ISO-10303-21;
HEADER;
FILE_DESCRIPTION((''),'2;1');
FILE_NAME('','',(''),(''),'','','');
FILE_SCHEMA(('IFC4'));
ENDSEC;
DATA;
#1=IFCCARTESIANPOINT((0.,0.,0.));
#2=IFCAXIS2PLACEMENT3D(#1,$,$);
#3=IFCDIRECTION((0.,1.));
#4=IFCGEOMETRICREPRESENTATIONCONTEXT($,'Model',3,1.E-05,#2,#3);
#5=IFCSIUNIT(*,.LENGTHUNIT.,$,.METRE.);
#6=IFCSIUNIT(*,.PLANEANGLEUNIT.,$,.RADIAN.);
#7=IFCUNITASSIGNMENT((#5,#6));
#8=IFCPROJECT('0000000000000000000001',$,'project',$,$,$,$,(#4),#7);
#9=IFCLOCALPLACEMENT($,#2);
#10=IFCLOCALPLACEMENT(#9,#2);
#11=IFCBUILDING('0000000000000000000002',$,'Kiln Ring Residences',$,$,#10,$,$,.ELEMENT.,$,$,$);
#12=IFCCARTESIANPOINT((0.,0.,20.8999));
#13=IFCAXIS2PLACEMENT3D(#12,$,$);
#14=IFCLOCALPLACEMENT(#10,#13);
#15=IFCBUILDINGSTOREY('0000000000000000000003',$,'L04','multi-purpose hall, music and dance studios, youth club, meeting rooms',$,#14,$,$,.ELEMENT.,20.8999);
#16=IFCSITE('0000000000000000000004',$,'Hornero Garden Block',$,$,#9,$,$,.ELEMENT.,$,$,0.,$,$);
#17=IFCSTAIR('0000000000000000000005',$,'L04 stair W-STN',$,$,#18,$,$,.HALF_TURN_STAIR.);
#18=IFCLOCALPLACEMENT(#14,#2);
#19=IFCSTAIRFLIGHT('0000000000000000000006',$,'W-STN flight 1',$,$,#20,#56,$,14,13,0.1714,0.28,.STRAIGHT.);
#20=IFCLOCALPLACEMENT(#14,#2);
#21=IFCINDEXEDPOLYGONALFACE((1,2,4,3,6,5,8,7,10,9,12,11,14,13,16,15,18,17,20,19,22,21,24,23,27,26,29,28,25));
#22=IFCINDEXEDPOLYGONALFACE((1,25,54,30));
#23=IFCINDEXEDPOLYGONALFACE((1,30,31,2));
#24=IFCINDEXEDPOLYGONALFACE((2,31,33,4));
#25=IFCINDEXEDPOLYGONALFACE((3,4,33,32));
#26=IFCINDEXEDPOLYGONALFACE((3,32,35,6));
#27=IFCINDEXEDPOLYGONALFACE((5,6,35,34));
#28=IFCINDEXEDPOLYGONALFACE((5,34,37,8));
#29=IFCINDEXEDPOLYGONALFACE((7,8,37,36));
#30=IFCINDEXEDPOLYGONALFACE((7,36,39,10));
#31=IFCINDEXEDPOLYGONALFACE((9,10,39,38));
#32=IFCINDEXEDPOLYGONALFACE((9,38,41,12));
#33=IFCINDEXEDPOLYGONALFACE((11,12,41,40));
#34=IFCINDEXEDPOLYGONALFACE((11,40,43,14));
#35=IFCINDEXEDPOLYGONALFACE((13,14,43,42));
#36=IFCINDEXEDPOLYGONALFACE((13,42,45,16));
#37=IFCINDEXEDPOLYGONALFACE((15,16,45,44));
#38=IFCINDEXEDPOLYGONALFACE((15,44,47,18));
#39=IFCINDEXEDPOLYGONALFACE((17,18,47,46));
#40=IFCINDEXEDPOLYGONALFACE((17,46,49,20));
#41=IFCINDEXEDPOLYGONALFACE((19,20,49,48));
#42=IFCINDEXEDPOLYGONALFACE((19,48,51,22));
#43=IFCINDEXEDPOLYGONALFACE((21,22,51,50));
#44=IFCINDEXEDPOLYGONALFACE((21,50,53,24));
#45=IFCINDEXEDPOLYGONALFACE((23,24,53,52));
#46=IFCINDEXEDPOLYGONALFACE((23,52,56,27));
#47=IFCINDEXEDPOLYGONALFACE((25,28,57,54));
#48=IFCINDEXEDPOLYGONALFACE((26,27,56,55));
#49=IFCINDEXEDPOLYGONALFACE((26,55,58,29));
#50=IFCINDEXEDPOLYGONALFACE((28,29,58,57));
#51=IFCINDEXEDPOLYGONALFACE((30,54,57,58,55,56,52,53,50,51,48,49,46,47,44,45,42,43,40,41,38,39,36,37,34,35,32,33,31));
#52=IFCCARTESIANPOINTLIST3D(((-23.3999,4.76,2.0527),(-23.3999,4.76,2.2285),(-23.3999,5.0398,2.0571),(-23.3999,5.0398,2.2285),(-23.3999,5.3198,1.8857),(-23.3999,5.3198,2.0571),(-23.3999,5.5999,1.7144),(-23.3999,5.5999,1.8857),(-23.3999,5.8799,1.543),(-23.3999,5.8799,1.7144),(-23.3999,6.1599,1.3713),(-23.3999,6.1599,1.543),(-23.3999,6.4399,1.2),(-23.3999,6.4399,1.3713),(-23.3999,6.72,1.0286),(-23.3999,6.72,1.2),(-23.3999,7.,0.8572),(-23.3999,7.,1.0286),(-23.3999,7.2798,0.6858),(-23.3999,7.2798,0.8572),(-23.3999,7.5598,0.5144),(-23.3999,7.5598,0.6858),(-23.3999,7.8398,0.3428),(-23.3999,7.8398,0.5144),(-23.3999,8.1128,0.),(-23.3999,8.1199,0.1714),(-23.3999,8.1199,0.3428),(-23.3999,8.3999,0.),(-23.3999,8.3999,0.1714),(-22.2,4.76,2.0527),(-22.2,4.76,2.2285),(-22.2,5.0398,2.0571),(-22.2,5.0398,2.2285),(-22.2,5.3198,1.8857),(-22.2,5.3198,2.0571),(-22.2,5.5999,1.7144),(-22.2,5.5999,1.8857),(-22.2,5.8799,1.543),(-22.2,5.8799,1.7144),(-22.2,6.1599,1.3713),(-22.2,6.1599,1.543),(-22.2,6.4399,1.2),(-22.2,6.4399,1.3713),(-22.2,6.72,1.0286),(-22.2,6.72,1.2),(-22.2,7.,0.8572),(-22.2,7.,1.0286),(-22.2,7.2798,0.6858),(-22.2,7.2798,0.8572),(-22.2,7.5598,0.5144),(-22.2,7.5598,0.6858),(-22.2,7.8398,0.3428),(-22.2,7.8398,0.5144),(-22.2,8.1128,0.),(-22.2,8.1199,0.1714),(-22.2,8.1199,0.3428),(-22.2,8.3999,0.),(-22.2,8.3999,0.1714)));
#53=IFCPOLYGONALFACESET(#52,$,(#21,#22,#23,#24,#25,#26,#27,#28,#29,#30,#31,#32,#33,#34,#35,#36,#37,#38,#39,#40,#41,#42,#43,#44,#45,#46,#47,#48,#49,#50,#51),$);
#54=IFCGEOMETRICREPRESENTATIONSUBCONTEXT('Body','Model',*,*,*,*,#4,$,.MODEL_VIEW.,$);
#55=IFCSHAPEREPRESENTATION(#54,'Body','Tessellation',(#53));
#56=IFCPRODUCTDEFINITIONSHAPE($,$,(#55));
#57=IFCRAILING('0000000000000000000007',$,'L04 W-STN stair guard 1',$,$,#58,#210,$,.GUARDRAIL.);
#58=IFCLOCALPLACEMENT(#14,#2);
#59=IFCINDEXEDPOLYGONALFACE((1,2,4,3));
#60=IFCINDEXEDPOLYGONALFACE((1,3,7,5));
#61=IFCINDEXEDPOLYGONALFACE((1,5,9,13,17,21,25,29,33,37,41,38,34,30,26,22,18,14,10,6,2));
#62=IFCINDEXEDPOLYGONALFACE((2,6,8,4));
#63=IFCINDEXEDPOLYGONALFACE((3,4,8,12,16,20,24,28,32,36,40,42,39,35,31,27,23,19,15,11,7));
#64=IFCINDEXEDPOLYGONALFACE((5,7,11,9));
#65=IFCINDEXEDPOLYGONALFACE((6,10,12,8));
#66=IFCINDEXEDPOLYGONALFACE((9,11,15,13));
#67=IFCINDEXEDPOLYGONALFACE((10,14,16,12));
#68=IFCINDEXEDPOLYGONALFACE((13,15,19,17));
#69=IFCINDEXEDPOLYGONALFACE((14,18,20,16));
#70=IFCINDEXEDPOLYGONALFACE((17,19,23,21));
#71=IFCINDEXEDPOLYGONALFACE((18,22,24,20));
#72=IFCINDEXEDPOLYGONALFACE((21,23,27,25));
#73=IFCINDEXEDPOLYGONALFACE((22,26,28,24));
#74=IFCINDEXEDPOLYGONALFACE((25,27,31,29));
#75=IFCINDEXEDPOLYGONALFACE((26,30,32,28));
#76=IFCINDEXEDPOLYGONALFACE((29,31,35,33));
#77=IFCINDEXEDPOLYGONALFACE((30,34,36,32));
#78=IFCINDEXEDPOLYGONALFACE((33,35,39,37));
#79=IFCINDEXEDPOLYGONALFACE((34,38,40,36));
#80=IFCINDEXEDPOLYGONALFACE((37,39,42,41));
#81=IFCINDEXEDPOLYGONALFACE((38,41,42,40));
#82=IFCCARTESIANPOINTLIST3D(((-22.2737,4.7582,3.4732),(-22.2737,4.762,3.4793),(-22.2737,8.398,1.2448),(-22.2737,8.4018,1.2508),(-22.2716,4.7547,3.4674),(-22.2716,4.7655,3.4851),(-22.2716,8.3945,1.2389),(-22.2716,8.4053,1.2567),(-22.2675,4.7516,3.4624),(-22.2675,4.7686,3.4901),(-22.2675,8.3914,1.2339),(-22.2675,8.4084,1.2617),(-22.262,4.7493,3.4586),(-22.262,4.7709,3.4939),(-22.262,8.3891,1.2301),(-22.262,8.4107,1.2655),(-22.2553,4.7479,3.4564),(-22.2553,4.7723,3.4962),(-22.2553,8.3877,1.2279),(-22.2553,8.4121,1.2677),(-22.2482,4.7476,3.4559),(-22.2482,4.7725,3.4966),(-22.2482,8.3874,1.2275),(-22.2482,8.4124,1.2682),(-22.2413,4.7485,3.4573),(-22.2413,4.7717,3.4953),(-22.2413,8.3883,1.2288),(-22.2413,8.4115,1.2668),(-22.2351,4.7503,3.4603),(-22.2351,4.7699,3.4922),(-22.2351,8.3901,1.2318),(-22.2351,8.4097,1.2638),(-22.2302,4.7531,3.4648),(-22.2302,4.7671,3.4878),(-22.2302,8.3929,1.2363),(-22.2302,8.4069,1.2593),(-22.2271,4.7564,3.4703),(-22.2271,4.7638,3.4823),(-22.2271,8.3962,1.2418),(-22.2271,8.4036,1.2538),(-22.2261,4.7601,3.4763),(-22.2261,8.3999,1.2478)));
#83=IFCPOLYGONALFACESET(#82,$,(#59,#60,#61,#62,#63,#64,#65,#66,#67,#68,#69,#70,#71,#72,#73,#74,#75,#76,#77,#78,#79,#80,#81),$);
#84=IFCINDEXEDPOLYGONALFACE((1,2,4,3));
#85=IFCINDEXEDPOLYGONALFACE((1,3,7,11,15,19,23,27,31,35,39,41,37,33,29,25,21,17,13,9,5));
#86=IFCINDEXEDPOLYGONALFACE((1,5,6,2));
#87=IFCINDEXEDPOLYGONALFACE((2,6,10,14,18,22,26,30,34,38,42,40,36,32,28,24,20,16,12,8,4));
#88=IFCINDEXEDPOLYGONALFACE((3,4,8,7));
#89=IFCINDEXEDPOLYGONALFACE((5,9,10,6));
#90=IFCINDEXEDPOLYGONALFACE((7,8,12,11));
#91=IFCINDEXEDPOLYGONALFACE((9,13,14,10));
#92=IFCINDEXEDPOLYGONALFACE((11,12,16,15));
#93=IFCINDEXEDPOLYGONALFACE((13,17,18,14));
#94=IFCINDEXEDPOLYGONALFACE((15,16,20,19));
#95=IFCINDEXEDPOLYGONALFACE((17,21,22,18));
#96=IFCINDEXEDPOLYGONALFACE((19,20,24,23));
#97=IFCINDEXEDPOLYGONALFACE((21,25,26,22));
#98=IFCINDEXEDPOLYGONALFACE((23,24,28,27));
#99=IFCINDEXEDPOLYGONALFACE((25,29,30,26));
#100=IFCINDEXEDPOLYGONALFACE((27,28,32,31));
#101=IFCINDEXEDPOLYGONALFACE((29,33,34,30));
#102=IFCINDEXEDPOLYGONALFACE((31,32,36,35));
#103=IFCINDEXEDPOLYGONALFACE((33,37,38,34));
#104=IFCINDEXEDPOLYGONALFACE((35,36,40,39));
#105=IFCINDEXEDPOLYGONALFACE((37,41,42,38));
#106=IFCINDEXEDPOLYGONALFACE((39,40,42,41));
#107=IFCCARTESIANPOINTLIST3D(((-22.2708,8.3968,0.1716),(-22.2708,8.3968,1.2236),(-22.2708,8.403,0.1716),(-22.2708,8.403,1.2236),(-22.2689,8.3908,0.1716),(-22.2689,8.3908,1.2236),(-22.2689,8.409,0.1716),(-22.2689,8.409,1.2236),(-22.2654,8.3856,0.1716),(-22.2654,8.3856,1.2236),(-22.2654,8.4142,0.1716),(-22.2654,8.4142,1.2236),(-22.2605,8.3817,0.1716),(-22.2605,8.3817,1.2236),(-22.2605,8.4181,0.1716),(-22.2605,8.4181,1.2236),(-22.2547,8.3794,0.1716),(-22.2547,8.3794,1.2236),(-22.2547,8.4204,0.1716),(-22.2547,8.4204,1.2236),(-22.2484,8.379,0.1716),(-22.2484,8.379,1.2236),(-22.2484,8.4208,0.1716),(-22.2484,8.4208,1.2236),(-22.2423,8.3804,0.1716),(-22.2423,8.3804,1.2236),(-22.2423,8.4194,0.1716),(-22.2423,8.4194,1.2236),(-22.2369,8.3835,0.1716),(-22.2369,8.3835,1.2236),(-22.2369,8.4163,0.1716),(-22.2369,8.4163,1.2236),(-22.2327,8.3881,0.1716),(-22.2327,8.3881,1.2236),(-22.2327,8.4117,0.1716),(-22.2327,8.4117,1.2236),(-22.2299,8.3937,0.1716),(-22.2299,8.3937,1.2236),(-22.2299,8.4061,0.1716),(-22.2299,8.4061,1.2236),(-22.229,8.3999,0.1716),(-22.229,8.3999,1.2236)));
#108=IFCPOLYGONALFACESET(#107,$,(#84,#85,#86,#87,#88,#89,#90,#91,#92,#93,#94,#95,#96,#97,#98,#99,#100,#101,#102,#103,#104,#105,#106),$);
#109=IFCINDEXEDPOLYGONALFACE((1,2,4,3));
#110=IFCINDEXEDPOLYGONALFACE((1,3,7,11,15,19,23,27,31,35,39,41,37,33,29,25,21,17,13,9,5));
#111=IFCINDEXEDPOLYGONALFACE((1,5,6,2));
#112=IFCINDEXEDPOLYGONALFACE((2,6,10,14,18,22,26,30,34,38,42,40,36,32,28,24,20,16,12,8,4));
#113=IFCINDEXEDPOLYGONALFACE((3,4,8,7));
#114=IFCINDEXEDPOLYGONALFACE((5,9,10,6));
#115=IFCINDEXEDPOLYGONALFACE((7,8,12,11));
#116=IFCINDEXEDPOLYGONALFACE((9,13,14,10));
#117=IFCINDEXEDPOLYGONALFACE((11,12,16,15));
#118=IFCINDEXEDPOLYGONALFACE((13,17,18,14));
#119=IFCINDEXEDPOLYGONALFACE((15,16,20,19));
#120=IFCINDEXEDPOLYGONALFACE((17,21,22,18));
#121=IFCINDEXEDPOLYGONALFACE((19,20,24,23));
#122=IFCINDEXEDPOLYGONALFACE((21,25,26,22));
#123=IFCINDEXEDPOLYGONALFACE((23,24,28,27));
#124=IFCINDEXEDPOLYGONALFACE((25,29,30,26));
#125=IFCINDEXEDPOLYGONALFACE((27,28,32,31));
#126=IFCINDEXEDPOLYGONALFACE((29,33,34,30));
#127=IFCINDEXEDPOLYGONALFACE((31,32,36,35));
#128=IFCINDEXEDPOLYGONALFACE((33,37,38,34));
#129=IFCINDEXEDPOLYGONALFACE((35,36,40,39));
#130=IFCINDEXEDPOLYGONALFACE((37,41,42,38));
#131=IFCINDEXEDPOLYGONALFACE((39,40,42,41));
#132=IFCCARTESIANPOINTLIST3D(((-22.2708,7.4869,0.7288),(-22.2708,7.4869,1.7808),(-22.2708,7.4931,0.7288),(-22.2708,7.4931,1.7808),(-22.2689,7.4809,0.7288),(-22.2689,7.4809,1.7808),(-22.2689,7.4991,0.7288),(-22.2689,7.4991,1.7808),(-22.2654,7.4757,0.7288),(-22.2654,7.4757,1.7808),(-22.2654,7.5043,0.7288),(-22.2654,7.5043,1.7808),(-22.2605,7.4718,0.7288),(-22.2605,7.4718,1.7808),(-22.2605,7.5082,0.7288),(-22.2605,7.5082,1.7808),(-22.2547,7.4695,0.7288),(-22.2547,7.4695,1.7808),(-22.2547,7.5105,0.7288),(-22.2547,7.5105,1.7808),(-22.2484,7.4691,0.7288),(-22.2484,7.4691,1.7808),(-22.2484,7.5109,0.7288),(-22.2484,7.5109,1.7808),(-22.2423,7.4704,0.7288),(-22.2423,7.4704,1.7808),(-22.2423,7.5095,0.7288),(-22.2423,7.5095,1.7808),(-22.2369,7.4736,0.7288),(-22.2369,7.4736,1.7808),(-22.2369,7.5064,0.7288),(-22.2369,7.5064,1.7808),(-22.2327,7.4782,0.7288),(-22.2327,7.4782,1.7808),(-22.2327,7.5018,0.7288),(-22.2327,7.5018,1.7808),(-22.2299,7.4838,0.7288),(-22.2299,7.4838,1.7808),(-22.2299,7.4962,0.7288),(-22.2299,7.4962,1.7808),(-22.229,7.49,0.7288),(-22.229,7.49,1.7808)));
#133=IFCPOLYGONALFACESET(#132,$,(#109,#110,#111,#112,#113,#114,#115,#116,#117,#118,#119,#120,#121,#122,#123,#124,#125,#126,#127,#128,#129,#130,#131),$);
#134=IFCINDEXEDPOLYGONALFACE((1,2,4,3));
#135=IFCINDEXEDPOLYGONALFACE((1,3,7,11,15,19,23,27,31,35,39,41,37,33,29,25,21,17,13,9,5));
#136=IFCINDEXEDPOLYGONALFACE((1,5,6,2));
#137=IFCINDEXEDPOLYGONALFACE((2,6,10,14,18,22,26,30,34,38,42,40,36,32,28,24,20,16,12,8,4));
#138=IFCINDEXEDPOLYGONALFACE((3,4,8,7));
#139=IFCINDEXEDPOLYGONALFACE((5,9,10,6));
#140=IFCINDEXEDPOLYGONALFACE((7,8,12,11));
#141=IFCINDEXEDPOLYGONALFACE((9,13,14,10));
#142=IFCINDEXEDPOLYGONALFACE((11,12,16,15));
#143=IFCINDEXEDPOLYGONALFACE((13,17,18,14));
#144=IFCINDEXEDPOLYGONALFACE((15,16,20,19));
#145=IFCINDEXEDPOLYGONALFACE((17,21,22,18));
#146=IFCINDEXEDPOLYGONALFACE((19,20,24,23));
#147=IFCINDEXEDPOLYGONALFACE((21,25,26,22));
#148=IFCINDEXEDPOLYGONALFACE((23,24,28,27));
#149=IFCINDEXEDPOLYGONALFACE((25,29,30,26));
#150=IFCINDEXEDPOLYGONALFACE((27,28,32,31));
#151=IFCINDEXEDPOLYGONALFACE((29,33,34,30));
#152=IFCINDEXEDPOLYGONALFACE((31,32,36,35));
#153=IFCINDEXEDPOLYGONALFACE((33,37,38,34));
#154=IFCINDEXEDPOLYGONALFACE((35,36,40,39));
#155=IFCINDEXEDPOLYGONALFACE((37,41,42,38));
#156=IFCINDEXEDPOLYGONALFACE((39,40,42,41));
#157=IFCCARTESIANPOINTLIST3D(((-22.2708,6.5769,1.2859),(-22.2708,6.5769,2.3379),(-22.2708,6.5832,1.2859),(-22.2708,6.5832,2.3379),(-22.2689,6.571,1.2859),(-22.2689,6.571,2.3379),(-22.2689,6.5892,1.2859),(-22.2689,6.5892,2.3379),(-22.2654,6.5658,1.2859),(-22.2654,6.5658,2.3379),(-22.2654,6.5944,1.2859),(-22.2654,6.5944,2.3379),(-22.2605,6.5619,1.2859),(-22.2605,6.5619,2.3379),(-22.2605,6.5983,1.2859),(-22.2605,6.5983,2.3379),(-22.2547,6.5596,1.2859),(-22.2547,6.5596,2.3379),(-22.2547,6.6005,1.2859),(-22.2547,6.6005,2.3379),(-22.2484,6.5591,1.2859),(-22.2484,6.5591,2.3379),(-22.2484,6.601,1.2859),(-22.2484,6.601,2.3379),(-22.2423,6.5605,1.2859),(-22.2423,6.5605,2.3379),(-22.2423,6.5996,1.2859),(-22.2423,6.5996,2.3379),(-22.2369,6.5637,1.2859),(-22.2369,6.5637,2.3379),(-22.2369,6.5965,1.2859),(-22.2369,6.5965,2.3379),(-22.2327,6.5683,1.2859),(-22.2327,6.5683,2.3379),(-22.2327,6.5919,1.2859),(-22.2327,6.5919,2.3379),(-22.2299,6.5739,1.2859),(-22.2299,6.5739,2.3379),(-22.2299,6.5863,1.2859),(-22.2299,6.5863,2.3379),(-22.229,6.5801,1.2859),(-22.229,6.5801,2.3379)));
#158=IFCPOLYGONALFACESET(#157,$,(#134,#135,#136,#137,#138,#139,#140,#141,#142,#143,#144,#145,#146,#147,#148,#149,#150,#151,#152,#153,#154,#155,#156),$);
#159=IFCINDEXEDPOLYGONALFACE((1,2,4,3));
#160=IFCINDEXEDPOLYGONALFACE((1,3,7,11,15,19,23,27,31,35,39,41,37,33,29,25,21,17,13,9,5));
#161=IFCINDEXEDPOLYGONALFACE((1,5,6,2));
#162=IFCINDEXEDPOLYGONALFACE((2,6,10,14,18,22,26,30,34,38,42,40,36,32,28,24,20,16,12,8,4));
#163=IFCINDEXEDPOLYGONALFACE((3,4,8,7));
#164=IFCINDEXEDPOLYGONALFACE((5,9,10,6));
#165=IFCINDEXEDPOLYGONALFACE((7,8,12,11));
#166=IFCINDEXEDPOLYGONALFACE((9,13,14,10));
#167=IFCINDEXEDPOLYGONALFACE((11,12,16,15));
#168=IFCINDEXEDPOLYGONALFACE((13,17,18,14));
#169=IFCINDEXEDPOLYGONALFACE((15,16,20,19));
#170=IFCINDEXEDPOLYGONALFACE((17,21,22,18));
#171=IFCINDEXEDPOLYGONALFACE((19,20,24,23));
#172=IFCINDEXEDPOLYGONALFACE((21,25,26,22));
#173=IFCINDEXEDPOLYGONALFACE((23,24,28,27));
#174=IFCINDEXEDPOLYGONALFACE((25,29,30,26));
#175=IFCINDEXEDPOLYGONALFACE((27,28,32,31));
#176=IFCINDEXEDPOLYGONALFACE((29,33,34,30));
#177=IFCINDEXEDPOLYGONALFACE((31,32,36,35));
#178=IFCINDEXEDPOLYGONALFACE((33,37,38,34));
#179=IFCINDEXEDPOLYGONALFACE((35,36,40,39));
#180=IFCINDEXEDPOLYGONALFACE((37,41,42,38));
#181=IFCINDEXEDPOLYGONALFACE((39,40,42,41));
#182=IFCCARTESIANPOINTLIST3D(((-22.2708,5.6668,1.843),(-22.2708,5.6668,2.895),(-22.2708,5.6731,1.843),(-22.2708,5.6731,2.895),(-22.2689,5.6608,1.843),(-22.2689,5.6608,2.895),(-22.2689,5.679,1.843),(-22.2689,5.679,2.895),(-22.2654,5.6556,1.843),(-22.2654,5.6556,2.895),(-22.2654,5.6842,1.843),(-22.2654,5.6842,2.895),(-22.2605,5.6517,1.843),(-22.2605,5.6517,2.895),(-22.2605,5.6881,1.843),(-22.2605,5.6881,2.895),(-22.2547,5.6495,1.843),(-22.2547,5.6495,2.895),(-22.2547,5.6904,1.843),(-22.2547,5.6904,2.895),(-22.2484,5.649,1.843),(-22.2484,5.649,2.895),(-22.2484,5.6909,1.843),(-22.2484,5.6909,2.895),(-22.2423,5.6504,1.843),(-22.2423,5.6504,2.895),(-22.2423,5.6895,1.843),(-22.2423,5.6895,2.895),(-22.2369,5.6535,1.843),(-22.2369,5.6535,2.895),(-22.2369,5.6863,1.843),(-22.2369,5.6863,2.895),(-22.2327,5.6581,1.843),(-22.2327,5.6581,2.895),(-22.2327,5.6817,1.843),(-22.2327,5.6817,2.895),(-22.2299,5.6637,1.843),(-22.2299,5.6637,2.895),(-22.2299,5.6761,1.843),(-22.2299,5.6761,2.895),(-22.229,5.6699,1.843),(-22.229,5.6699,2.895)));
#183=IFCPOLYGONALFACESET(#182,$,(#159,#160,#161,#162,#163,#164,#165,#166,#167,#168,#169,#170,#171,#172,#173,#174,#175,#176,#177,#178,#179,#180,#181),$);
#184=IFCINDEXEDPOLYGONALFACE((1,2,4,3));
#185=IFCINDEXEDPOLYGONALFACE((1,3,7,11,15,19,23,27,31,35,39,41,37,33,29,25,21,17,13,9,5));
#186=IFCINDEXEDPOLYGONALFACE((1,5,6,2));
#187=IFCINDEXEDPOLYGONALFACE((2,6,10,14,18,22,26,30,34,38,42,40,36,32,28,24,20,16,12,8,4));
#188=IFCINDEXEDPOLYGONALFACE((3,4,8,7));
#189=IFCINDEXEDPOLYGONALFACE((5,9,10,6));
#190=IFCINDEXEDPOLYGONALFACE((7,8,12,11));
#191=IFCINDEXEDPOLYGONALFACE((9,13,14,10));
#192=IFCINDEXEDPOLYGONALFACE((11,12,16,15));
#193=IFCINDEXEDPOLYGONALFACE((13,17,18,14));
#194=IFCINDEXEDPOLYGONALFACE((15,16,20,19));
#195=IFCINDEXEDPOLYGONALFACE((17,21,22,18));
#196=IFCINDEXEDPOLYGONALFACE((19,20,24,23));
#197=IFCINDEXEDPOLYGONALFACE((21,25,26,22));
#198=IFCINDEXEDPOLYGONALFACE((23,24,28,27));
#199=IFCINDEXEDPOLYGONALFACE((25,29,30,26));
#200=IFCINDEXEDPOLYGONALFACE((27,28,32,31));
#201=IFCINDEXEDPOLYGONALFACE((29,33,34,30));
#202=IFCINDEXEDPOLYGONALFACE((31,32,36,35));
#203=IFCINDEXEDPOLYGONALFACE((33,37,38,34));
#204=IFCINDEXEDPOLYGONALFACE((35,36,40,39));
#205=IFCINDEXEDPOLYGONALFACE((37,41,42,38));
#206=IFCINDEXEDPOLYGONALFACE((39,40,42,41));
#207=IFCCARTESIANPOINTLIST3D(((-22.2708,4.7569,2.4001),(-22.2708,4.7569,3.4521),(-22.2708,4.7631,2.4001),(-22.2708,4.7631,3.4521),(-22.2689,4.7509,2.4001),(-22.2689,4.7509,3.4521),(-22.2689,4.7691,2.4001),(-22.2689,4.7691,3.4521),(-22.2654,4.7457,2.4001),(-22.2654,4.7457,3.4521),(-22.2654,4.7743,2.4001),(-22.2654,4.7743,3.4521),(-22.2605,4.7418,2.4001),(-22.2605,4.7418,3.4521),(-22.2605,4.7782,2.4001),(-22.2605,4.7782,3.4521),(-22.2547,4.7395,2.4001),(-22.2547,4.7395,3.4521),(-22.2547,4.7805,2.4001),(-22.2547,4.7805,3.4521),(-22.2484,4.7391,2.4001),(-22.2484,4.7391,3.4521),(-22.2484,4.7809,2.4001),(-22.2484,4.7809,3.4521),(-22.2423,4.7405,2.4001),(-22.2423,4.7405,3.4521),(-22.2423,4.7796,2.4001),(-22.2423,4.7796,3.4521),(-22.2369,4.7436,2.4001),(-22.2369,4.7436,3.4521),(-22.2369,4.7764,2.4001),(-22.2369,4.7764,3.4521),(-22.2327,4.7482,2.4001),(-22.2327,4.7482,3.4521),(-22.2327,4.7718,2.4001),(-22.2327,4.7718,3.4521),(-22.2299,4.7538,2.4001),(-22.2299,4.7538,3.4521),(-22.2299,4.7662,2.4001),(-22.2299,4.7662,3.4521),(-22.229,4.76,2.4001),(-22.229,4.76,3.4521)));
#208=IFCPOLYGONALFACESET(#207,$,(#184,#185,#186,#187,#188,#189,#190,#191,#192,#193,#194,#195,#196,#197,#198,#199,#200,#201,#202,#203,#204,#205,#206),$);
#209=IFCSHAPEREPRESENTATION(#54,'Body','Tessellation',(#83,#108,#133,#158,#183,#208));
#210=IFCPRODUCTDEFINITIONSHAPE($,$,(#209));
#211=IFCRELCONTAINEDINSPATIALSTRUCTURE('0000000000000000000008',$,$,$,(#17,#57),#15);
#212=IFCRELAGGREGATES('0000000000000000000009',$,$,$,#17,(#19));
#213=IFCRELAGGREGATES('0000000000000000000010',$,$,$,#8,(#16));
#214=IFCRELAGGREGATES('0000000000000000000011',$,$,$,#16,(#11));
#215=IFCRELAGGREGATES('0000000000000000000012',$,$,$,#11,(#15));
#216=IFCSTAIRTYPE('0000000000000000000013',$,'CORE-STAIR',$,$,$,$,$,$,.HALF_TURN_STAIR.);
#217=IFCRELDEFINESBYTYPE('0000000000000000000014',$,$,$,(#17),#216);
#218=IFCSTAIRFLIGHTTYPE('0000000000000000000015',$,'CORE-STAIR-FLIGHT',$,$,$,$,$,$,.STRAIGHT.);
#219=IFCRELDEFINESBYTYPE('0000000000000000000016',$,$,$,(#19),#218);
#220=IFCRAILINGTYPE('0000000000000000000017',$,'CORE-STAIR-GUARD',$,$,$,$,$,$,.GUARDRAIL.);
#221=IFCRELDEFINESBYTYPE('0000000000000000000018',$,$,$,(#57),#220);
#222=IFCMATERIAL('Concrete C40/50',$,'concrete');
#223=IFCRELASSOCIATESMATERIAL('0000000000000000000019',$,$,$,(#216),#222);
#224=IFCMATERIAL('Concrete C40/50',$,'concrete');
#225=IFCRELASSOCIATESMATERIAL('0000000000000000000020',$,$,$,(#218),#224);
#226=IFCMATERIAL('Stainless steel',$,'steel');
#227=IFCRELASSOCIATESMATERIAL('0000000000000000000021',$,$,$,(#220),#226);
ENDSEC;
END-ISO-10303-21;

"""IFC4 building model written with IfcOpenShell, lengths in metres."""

from ifc_helpers import new_model, si_unit, direction, frame, origin, origin_2d, place, context, subcontext, project, spatial, polyline, circle, outline, extrude, material, type_object, element, aggregate, save


model = new_model("IFC4")

# Units and contexts
model_context = context("Model", 3, precision=1e-05, world=origin(), true_north=direction((0.0, 1.0)))
body_context = subcontext(model_context, "Body", "Model", "MODEL_VIEW")
ifc_project = project(units=[si_unit("LENGTHUNIT", "METRE"), si_unit("PLANEANGLEUNIT", "RADIAN")], contexts=[model_context])

# Site, building, storey
site_placement = place(None, origin())
site = spatial("IfcSite", under=ifc_project, at=site_placement, Name="Hornero Garden Block", CompositionType="ELEMENT", RefElevation=0.0)
building_placement = place(site_placement, origin())
building = spatial("IfcBuilding", under=site, at=building_placement, Name="Kiln Ring Residences", CompositionType="ELEMENT")
storey_placement = place(building_placement, frame((0.0, 0.0, 20.8999)))
storey = spatial("IfcBuildingStorey", under=building, at=storey_placement, Name="L04", Description="multi-purpose hall, music and dance studios, youth club, meeting rooms", CompositionType="ELEMENT", Elevation=20.8999)

# Stair, stair flight
ifc_material_1 = material(Name="Concrete C40/50", Category="concrete")
stair_type = type_object("IfcStairType", Name="CORE-STAIR", PredefinedType="HALF_TURN_STAIR", material=ifc_material_1)
stair_placement = place(storey_placement, origin())
stair = element("IfcStair", 1, at=stair_placement, inside=storey, type_object=stair_type, Name="L04 stair W-STN", PredefinedType="HALF_TURN_STAIR")
ifc_material_2 = material(Name="Concrete C40/50", Category="concrete")
stair_flight_type = type_object("IfcStairFlightType", Name="CORE-STAIR-FLIGHT", PredefinedType="STRAIGHT", material=ifc_material_2)
stair_flight_placement = place(storey_placement, frame((-22.8, 8.3999, 0.0), z_axis=(0.0, 0.0, 1.0), x_axis=(0.0, -1.0, 0.0)))
stair_flight = element("IfcStairFlight", 2, at=stair_flight_placement, type_object=stair_flight_type, Name="W-STN flight 1", NumberOfRisers=14, NumberOfTreads=13, PredefinedType="STRAIGHT", RiserHeight=0.1714, TreadLength=0.28, context=body_context, shape_type="SweptSolid", body=[
    extrude(outline(polyline([(0.0, 0.0), (0.0, 0.1714), (0.28, 0.1714), (0.28, 0.3428), (0.5601, 0.3428), (0.5601, 0.5144), (0.8401, 0.5144), (0.8401, 0.6858), (1.1201, 0.6858), (1.1201, 0.8572), (1.3999, 0.8572), (1.3999, 1.0286), (1.6799, 1.0286), (1.6799, 1.2), (1.96, 1.2), (1.96, 1.3713), (2.24, 1.3713), (2.24, 1.543), (2.52, 1.543), (2.52, 1.7144), (2.8, 1.7144), (2.8, 1.8857), (3.0801, 1.8857), (3.0801, 2.0571), (3.3601, 2.0571), (3.3601, 2.2285), (3.6399, 2.2285), (3.6399, 2.3999), (3.6399, 2.0527), (0.2871, 0.0), (0.0, 0.0)])), frame((0.0, 0.6001, 0.0), z_axis=(0.0, -1.0, 0.0), x_axis=(1.0, 0.0, 0.0)), (0.0, 0.0, 1.0), 1.2),
])
aggregate(stair, [stair_flight])

# Railing
ifc_material_3 = material(Name="Stainless steel", Category="steel")
railing_type = type_object("IfcRailingType", Name="CORE-STAIR-GUARD", PredefinedType="GUARDRAIL", material=ifc_material_3)
railing_1_placement = place(storey_placement, frame((-22.25, 8.3999, 0.1716)))
element("IfcRailing", 3, at=railing_1_placement, inside=storey, type_object=railing_type, Name="L04 W-STN stair guard 1", PredefinedType="GUARDRAIL", context=body_context, shape_type="SweptSolid", body=[
    extrude(circle(Radius=0.0239, at=origin_2d()), frame((0.0, 0.0, 1.0762), z_axis=(0.0, -0.85285, 0.522156), x_axis=(1.0, 0.0, 0.0)), (0.0, 0.0, 1.0), 4.2678),
    extrude(circle(Radius=0.021, at=origin_2d()), origin(), (0.0, 0.0, 1.0), 1.052),
    extrude(circle(Radius=0.021, at=origin_2d()), frame((0.0, -0.9099, 0.5571)), (0.0, 0.0, 1.0), 1.052),
    extrude(circle(Radius=0.021, at=origin_2d()), frame((0.0, -1.8198, 1.1143)), (0.0, 0.0, 1.0), 1.052),
    extrude(circle(Radius=0.021, at=origin_2d()), frame((0.0, -2.73, 1.6714)), (0.0, 0.0, 1.0), 1.052),
    extrude(circle(Radius=0.021, at=origin_2d()), frame((0.0, -3.6399, 2.2285)), (0.0, 0.0, 1.0), 1.052),
])

save(model, "model.ifc")
